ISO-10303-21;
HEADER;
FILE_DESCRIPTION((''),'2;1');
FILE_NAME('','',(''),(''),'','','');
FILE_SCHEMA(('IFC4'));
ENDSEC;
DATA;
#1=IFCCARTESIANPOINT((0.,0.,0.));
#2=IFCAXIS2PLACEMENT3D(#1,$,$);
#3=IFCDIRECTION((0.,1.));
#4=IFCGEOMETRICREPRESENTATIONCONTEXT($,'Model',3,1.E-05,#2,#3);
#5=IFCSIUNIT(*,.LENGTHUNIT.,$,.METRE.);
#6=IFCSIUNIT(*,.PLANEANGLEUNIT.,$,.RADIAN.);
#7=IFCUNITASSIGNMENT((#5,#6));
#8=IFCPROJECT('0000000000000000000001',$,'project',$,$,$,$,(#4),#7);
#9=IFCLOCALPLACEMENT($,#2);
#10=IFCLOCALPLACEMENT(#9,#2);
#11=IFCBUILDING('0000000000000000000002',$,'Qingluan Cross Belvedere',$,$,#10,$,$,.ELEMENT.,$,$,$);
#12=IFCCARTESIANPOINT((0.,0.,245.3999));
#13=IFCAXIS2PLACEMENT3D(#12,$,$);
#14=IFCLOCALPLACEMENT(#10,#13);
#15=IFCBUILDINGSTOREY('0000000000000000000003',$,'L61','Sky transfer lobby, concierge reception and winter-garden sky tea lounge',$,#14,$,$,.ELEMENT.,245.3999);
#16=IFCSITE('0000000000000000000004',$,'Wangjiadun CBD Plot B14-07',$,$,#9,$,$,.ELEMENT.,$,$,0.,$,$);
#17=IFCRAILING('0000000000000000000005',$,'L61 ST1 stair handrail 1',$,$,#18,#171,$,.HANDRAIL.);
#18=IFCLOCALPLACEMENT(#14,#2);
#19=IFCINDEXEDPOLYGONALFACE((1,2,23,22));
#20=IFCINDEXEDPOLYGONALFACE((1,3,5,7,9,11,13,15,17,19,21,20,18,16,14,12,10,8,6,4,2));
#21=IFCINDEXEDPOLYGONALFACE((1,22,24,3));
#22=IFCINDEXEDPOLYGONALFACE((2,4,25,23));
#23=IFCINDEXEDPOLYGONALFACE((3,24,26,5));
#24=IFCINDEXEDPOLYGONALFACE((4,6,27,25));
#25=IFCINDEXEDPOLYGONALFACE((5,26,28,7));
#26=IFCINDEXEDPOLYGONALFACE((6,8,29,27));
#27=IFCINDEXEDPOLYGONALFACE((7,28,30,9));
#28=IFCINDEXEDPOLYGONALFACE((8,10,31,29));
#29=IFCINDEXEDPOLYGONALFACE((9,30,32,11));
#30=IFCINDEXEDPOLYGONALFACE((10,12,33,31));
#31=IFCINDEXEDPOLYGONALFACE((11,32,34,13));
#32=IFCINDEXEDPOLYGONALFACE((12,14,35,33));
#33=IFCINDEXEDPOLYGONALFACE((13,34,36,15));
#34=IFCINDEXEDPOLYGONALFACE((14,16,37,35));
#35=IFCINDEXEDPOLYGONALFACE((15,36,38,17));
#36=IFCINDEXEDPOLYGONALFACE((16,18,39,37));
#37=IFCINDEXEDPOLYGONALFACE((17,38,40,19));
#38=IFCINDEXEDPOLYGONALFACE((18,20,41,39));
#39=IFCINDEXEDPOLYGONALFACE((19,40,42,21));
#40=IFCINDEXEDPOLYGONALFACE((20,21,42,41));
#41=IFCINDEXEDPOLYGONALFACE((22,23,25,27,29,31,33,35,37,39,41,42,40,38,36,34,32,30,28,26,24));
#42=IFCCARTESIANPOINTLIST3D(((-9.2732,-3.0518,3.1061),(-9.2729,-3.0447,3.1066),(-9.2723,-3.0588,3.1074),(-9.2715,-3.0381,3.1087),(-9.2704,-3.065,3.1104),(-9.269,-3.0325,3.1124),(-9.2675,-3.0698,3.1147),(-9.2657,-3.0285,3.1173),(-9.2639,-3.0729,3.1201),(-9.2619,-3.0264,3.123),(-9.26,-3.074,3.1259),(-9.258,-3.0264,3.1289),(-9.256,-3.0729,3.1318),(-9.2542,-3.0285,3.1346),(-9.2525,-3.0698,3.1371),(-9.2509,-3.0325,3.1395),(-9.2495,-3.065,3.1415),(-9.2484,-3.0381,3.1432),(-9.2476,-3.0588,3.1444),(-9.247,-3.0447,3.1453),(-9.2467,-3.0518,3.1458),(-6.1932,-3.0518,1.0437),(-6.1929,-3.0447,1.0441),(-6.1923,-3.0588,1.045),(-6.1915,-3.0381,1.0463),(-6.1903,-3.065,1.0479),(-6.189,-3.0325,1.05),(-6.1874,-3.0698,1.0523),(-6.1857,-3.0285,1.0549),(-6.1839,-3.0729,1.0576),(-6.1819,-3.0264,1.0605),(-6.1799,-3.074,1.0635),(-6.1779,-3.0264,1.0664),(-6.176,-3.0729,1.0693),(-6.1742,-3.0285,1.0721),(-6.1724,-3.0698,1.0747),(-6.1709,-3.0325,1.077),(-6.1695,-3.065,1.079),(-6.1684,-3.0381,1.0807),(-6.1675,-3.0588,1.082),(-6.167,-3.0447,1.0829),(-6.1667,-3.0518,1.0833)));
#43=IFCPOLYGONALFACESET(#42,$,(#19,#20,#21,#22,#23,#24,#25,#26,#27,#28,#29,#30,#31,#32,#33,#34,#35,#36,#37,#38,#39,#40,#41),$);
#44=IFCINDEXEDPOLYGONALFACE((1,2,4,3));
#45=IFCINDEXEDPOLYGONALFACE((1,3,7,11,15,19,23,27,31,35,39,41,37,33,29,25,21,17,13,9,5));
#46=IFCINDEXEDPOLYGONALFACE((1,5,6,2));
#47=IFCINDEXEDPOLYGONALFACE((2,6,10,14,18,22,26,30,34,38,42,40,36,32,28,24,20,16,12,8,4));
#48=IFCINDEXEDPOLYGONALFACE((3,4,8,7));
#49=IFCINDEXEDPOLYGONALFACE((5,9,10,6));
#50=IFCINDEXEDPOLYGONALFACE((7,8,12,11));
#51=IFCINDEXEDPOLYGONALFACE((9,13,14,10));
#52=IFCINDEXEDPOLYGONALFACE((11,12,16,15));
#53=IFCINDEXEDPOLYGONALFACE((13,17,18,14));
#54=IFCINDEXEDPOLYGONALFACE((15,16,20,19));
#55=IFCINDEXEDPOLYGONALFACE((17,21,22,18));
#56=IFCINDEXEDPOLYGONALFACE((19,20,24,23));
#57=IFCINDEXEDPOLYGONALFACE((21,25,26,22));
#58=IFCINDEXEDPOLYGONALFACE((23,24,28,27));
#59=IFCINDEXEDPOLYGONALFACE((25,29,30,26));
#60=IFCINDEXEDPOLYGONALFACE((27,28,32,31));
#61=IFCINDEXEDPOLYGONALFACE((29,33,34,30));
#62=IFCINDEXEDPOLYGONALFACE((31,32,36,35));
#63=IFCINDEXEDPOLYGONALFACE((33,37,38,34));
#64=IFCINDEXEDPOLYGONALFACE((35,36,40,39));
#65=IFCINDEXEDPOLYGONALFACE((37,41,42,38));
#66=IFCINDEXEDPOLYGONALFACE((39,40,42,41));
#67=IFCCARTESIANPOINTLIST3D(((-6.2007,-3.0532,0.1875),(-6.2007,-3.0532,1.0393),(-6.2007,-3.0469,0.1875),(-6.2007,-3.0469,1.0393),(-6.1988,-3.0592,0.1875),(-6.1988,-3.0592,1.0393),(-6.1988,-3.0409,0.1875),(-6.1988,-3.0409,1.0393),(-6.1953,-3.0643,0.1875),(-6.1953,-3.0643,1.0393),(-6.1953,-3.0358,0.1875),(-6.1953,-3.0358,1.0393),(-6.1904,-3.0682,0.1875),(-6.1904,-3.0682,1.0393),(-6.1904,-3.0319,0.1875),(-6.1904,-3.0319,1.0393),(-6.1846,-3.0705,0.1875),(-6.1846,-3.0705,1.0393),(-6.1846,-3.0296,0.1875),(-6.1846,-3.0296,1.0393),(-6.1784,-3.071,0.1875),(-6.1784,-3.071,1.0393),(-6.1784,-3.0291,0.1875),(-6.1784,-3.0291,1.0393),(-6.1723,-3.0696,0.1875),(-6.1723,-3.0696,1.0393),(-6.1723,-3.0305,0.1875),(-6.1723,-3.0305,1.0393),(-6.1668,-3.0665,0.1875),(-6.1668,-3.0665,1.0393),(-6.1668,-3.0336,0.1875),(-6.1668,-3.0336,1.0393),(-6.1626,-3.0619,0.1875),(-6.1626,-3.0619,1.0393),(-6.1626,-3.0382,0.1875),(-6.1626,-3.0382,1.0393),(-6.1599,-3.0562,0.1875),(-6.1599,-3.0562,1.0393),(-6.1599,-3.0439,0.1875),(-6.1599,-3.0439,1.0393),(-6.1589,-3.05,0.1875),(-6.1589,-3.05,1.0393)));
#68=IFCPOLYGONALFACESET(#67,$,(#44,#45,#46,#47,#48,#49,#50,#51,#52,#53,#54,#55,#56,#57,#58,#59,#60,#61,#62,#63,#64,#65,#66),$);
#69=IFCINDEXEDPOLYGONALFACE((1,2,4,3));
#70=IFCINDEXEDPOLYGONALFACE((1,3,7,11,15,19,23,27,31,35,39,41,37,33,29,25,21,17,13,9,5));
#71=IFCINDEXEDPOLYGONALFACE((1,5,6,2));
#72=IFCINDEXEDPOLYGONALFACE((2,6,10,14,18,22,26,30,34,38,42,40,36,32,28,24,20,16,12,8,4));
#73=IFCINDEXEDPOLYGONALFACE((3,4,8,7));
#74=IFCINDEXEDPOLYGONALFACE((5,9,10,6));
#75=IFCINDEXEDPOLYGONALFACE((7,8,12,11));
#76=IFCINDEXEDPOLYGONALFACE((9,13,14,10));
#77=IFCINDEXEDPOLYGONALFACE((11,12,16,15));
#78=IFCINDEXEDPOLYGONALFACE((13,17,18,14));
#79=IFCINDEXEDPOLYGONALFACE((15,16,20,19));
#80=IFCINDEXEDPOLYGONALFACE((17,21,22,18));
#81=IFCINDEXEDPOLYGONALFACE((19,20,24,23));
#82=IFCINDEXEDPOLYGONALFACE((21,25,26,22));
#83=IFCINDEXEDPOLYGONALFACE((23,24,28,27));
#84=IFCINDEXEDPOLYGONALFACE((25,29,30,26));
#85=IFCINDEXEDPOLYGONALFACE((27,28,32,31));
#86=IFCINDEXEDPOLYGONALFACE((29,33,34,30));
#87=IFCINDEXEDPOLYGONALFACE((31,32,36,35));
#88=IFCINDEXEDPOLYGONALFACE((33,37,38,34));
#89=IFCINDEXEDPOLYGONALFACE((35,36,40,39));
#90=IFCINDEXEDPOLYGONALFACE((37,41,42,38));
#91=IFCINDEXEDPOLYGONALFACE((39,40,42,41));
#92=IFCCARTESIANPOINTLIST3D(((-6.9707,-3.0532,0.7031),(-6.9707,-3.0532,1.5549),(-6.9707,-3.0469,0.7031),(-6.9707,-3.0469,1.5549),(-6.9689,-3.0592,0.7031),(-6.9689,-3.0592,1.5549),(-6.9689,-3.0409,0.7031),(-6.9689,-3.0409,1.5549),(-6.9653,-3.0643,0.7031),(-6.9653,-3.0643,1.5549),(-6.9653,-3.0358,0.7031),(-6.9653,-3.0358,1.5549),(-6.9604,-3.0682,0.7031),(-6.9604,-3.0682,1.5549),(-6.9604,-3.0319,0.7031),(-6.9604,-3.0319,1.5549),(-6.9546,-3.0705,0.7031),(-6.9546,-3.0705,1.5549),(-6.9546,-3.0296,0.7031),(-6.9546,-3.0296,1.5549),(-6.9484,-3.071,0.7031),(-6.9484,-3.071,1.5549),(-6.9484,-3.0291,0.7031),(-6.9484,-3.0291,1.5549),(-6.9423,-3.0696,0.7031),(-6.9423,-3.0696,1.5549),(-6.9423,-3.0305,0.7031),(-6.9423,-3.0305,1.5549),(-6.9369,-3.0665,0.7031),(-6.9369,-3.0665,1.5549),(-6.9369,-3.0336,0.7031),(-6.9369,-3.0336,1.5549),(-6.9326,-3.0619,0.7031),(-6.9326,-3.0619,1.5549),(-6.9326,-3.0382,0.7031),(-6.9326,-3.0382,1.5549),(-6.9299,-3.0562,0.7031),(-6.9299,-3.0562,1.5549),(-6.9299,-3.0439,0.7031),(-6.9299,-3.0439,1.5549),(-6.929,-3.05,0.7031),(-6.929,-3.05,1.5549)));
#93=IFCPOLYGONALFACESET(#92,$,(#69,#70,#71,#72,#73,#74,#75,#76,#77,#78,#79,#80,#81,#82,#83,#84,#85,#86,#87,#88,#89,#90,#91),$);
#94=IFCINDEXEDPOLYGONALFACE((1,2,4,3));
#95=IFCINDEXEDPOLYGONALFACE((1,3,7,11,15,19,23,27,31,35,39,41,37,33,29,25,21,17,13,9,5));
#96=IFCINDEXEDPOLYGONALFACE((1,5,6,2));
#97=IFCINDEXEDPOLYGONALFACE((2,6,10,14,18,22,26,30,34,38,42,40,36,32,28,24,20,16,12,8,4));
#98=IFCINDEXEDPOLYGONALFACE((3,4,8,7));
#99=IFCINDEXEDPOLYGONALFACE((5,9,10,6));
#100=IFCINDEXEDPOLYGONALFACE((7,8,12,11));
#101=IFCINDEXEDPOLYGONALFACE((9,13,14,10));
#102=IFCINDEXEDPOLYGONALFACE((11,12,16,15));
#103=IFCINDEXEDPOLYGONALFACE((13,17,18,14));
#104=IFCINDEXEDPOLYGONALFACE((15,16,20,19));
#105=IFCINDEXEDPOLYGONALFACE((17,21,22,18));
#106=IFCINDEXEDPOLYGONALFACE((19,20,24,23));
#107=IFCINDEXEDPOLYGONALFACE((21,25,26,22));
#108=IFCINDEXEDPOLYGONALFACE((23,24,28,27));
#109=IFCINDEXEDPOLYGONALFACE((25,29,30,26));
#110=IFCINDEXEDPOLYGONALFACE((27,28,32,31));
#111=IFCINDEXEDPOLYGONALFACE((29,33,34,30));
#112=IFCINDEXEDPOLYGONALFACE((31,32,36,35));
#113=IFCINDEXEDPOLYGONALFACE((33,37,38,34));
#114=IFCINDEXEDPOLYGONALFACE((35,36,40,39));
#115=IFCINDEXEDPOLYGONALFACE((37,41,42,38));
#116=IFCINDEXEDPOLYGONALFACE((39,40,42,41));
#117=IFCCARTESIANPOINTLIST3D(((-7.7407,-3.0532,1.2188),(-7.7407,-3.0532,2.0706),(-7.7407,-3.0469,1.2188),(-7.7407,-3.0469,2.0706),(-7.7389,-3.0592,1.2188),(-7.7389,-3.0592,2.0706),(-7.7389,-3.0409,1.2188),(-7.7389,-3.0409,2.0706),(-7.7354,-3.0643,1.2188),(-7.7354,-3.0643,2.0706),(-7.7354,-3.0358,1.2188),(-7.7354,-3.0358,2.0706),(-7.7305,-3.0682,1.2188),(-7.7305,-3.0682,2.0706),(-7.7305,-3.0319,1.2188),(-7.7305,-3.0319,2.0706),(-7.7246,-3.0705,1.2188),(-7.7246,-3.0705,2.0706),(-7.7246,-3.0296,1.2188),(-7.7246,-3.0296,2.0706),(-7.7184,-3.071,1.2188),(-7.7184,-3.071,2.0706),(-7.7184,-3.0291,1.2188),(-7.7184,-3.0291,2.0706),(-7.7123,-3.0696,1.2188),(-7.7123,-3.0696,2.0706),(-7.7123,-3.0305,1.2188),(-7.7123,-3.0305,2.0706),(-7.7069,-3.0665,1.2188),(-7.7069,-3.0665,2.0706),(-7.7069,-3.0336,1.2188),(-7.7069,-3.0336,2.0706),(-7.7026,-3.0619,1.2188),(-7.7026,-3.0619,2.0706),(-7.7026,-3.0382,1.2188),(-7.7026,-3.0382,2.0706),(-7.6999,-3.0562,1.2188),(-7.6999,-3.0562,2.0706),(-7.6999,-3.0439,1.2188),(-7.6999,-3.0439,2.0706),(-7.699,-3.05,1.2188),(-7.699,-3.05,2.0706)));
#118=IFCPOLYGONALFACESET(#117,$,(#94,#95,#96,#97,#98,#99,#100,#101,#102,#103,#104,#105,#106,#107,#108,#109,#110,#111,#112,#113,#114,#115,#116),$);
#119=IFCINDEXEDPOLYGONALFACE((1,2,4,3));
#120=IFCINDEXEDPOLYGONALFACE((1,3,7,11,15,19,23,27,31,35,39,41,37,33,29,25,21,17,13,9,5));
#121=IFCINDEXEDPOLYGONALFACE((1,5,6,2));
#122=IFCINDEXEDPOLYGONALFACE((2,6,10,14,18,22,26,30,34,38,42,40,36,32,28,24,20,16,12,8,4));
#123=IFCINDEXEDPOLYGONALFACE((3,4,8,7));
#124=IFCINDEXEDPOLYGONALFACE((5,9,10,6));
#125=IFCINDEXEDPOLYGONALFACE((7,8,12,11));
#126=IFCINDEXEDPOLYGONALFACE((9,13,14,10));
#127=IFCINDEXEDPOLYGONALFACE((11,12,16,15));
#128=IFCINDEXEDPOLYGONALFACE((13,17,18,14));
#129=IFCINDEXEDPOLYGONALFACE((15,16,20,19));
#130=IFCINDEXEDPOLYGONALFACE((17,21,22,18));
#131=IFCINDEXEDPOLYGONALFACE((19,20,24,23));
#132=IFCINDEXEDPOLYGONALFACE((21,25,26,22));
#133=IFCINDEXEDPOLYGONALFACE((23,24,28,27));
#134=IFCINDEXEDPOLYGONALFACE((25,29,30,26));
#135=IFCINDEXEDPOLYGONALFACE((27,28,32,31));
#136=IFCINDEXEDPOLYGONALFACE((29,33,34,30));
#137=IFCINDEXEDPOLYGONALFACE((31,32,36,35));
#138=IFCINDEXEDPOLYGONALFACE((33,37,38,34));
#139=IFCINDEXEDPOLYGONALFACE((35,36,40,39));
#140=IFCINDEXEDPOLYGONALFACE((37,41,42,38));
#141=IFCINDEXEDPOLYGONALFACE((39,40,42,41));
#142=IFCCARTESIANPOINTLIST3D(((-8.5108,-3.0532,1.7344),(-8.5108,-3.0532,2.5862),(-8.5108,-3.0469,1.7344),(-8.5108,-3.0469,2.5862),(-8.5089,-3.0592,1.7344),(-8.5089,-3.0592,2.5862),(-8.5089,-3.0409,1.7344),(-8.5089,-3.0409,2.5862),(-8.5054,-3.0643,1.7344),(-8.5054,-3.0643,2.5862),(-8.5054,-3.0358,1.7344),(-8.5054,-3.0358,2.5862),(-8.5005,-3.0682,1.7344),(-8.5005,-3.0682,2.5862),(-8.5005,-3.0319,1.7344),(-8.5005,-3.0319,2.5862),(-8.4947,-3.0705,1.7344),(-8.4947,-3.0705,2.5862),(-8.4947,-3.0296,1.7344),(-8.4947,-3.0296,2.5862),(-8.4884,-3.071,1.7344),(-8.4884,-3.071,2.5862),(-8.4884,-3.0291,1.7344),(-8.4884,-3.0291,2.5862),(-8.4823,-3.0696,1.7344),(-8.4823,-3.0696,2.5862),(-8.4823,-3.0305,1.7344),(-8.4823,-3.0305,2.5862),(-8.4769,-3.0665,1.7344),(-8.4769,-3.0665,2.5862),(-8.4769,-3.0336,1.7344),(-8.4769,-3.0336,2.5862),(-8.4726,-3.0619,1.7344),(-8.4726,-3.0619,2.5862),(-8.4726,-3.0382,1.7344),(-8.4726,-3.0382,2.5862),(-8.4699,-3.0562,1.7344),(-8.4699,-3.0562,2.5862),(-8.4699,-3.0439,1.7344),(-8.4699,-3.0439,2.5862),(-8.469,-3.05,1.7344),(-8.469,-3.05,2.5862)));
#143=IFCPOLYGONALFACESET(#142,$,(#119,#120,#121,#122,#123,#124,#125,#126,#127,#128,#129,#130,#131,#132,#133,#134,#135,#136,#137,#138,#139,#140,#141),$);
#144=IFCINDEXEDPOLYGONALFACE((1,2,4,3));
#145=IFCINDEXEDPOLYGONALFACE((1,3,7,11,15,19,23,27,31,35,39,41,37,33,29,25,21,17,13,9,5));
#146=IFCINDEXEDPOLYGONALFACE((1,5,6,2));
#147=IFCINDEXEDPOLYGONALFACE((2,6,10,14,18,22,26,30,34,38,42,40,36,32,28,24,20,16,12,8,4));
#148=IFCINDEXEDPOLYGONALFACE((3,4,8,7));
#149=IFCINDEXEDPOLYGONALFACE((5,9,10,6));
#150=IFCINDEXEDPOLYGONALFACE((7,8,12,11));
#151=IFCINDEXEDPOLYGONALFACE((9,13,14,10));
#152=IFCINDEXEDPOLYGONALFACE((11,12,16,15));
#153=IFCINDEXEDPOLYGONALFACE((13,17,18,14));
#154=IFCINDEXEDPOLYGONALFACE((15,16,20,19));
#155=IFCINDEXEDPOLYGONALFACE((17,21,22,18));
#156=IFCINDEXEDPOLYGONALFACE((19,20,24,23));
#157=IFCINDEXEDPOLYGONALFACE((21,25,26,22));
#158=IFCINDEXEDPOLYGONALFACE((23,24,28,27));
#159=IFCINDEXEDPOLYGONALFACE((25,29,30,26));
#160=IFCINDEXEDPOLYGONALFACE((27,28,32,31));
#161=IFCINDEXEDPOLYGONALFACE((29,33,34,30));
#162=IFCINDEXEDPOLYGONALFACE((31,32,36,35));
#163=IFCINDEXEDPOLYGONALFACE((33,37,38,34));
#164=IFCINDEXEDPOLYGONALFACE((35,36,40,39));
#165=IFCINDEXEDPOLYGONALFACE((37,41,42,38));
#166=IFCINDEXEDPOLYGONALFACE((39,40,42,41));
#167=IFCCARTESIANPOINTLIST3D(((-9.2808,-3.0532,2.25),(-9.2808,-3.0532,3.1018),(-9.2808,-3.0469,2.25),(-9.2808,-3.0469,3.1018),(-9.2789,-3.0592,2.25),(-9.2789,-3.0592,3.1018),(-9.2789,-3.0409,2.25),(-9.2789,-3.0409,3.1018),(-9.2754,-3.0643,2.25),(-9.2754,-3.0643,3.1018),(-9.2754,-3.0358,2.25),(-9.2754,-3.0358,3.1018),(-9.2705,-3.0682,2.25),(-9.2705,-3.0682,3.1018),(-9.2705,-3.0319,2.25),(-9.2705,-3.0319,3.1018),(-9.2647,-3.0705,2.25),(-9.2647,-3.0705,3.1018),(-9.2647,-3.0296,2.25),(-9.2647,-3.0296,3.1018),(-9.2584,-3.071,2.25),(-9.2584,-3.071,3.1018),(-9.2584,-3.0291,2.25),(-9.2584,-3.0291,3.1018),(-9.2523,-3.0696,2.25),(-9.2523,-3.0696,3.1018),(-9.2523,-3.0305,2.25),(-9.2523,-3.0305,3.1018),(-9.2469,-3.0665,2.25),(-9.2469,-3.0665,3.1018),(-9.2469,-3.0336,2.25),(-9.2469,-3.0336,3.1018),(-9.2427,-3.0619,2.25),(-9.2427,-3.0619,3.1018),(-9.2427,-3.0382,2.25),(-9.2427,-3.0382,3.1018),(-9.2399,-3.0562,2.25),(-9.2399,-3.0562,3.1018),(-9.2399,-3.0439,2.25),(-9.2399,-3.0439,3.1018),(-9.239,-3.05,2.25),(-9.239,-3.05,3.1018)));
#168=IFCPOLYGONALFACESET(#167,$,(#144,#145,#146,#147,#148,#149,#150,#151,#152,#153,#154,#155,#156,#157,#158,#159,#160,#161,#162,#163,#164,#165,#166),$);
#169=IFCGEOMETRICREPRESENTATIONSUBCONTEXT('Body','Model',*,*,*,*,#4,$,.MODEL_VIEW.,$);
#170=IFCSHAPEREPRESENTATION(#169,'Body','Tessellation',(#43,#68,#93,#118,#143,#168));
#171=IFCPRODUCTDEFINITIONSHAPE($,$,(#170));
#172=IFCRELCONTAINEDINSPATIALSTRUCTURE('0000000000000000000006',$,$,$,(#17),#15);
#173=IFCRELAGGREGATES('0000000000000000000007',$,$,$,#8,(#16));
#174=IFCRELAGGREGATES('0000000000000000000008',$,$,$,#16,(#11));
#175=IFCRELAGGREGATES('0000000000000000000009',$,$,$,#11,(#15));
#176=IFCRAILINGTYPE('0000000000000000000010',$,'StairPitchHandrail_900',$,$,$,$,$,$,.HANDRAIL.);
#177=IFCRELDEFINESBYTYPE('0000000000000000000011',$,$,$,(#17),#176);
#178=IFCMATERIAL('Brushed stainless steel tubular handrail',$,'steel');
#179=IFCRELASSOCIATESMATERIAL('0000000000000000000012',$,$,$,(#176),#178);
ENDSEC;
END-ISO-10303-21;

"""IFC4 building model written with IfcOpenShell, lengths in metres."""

from ifc_helpers import new_model, si_unit, direction, frame, origin, origin_2d, place, context, subcontext, project, spatial, circle, extrude, material, type_object, element, save


model = new_model("IFC4")

# Units and contexts
model_context = context("Model", 3, precision=1e-05, world=origin(), true_north=direction((0.0, 1.0)))
body_context = subcontext(model_context, "Body", "Model", "MODEL_VIEW")
ifc_project = project(units=[si_unit("LENGTHUNIT", "METRE"), si_unit("PLANEANGLEUNIT", "RADIAN")], contexts=[model_context])

# Site, building, storey
site_placement = place(None, origin())
site = spatial("IfcSite", under=ifc_project, at=site_placement, Name="Wangjiadun CBD Plot B14-07", CompositionType="ELEMENT", RefElevation=0.0)
building_placement = place(site_placement, origin())
building = spatial("IfcBuilding", under=site, at=building_placement, Name="Qingluan Cross Belvedere", CompositionType="ELEMENT")
storey_placement = place(building_placement, frame((0.0, 0.0, 245.3999)))
storey = spatial("IfcBuildingStorey", under=building, at=storey_placement, Name="L61", Description="Sky transfer lobby, concierge reception and winter-garden sky tea lounge", CompositionType="ELEMENT", Elevation=245.3999)

# Railing
ifc_material_1 = material(Name="Brushed stainless steel tubular handrail", Category="steel")
railing_type_1 = type_object("IfcRailingType", Name="StairPitchHandrail_900", PredefinedType="HANDRAIL", material=ifc_material_1)
railing_1_placement = place(storey_placement, frame((-6.1799, -3.05, 0.1875)))
element("IfcRailing", 1, at=railing_1_placement, inside=storey, type_object=railing_type_1, Name="L61 ST1 stair handrail 1", PredefinedType="HANDRAIL", context=body_context, shape_type="SweptSolid", body=[
    extrude(circle(Radius=0.0239, at=origin_2d()), frame((0.0, 0.0, 0.876), z_axis=(-0.830914, 0.0, 0.556401), x_axis=(0.0, -1.0, 0.0)), (0.0, 0.0, 1.0), 3.7068),
    extrude(circle(Radius=0.021, at=origin_2d()), origin(), (0.0, 0.0, 1.0), 0.8518),
    extrude(circle(Radius=0.021, at=origin_2d()), frame((-0.77, 0.0, 0.5156)), (0.0, 0.0, 1.0), 0.8518),
    extrude(circle(Radius=0.021, at=origin_2d()), frame((-1.54, 0.0, 1.0312)), (0.0, 0.0, 1.0), 0.8518),
    extrude(circle(Radius=0.021, at=origin_2d()), frame((-2.3101, 0.0, 1.5469)), (0.0, 0.0, 1.0), 0.8518),
    extrude(circle(Radius=0.021, at=origin_2d()), frame((-3.0801, 0.0, 2.0625)), (0.0, 0.0, 1.0), 0.8518),
])

save(model, "model.ifc")
